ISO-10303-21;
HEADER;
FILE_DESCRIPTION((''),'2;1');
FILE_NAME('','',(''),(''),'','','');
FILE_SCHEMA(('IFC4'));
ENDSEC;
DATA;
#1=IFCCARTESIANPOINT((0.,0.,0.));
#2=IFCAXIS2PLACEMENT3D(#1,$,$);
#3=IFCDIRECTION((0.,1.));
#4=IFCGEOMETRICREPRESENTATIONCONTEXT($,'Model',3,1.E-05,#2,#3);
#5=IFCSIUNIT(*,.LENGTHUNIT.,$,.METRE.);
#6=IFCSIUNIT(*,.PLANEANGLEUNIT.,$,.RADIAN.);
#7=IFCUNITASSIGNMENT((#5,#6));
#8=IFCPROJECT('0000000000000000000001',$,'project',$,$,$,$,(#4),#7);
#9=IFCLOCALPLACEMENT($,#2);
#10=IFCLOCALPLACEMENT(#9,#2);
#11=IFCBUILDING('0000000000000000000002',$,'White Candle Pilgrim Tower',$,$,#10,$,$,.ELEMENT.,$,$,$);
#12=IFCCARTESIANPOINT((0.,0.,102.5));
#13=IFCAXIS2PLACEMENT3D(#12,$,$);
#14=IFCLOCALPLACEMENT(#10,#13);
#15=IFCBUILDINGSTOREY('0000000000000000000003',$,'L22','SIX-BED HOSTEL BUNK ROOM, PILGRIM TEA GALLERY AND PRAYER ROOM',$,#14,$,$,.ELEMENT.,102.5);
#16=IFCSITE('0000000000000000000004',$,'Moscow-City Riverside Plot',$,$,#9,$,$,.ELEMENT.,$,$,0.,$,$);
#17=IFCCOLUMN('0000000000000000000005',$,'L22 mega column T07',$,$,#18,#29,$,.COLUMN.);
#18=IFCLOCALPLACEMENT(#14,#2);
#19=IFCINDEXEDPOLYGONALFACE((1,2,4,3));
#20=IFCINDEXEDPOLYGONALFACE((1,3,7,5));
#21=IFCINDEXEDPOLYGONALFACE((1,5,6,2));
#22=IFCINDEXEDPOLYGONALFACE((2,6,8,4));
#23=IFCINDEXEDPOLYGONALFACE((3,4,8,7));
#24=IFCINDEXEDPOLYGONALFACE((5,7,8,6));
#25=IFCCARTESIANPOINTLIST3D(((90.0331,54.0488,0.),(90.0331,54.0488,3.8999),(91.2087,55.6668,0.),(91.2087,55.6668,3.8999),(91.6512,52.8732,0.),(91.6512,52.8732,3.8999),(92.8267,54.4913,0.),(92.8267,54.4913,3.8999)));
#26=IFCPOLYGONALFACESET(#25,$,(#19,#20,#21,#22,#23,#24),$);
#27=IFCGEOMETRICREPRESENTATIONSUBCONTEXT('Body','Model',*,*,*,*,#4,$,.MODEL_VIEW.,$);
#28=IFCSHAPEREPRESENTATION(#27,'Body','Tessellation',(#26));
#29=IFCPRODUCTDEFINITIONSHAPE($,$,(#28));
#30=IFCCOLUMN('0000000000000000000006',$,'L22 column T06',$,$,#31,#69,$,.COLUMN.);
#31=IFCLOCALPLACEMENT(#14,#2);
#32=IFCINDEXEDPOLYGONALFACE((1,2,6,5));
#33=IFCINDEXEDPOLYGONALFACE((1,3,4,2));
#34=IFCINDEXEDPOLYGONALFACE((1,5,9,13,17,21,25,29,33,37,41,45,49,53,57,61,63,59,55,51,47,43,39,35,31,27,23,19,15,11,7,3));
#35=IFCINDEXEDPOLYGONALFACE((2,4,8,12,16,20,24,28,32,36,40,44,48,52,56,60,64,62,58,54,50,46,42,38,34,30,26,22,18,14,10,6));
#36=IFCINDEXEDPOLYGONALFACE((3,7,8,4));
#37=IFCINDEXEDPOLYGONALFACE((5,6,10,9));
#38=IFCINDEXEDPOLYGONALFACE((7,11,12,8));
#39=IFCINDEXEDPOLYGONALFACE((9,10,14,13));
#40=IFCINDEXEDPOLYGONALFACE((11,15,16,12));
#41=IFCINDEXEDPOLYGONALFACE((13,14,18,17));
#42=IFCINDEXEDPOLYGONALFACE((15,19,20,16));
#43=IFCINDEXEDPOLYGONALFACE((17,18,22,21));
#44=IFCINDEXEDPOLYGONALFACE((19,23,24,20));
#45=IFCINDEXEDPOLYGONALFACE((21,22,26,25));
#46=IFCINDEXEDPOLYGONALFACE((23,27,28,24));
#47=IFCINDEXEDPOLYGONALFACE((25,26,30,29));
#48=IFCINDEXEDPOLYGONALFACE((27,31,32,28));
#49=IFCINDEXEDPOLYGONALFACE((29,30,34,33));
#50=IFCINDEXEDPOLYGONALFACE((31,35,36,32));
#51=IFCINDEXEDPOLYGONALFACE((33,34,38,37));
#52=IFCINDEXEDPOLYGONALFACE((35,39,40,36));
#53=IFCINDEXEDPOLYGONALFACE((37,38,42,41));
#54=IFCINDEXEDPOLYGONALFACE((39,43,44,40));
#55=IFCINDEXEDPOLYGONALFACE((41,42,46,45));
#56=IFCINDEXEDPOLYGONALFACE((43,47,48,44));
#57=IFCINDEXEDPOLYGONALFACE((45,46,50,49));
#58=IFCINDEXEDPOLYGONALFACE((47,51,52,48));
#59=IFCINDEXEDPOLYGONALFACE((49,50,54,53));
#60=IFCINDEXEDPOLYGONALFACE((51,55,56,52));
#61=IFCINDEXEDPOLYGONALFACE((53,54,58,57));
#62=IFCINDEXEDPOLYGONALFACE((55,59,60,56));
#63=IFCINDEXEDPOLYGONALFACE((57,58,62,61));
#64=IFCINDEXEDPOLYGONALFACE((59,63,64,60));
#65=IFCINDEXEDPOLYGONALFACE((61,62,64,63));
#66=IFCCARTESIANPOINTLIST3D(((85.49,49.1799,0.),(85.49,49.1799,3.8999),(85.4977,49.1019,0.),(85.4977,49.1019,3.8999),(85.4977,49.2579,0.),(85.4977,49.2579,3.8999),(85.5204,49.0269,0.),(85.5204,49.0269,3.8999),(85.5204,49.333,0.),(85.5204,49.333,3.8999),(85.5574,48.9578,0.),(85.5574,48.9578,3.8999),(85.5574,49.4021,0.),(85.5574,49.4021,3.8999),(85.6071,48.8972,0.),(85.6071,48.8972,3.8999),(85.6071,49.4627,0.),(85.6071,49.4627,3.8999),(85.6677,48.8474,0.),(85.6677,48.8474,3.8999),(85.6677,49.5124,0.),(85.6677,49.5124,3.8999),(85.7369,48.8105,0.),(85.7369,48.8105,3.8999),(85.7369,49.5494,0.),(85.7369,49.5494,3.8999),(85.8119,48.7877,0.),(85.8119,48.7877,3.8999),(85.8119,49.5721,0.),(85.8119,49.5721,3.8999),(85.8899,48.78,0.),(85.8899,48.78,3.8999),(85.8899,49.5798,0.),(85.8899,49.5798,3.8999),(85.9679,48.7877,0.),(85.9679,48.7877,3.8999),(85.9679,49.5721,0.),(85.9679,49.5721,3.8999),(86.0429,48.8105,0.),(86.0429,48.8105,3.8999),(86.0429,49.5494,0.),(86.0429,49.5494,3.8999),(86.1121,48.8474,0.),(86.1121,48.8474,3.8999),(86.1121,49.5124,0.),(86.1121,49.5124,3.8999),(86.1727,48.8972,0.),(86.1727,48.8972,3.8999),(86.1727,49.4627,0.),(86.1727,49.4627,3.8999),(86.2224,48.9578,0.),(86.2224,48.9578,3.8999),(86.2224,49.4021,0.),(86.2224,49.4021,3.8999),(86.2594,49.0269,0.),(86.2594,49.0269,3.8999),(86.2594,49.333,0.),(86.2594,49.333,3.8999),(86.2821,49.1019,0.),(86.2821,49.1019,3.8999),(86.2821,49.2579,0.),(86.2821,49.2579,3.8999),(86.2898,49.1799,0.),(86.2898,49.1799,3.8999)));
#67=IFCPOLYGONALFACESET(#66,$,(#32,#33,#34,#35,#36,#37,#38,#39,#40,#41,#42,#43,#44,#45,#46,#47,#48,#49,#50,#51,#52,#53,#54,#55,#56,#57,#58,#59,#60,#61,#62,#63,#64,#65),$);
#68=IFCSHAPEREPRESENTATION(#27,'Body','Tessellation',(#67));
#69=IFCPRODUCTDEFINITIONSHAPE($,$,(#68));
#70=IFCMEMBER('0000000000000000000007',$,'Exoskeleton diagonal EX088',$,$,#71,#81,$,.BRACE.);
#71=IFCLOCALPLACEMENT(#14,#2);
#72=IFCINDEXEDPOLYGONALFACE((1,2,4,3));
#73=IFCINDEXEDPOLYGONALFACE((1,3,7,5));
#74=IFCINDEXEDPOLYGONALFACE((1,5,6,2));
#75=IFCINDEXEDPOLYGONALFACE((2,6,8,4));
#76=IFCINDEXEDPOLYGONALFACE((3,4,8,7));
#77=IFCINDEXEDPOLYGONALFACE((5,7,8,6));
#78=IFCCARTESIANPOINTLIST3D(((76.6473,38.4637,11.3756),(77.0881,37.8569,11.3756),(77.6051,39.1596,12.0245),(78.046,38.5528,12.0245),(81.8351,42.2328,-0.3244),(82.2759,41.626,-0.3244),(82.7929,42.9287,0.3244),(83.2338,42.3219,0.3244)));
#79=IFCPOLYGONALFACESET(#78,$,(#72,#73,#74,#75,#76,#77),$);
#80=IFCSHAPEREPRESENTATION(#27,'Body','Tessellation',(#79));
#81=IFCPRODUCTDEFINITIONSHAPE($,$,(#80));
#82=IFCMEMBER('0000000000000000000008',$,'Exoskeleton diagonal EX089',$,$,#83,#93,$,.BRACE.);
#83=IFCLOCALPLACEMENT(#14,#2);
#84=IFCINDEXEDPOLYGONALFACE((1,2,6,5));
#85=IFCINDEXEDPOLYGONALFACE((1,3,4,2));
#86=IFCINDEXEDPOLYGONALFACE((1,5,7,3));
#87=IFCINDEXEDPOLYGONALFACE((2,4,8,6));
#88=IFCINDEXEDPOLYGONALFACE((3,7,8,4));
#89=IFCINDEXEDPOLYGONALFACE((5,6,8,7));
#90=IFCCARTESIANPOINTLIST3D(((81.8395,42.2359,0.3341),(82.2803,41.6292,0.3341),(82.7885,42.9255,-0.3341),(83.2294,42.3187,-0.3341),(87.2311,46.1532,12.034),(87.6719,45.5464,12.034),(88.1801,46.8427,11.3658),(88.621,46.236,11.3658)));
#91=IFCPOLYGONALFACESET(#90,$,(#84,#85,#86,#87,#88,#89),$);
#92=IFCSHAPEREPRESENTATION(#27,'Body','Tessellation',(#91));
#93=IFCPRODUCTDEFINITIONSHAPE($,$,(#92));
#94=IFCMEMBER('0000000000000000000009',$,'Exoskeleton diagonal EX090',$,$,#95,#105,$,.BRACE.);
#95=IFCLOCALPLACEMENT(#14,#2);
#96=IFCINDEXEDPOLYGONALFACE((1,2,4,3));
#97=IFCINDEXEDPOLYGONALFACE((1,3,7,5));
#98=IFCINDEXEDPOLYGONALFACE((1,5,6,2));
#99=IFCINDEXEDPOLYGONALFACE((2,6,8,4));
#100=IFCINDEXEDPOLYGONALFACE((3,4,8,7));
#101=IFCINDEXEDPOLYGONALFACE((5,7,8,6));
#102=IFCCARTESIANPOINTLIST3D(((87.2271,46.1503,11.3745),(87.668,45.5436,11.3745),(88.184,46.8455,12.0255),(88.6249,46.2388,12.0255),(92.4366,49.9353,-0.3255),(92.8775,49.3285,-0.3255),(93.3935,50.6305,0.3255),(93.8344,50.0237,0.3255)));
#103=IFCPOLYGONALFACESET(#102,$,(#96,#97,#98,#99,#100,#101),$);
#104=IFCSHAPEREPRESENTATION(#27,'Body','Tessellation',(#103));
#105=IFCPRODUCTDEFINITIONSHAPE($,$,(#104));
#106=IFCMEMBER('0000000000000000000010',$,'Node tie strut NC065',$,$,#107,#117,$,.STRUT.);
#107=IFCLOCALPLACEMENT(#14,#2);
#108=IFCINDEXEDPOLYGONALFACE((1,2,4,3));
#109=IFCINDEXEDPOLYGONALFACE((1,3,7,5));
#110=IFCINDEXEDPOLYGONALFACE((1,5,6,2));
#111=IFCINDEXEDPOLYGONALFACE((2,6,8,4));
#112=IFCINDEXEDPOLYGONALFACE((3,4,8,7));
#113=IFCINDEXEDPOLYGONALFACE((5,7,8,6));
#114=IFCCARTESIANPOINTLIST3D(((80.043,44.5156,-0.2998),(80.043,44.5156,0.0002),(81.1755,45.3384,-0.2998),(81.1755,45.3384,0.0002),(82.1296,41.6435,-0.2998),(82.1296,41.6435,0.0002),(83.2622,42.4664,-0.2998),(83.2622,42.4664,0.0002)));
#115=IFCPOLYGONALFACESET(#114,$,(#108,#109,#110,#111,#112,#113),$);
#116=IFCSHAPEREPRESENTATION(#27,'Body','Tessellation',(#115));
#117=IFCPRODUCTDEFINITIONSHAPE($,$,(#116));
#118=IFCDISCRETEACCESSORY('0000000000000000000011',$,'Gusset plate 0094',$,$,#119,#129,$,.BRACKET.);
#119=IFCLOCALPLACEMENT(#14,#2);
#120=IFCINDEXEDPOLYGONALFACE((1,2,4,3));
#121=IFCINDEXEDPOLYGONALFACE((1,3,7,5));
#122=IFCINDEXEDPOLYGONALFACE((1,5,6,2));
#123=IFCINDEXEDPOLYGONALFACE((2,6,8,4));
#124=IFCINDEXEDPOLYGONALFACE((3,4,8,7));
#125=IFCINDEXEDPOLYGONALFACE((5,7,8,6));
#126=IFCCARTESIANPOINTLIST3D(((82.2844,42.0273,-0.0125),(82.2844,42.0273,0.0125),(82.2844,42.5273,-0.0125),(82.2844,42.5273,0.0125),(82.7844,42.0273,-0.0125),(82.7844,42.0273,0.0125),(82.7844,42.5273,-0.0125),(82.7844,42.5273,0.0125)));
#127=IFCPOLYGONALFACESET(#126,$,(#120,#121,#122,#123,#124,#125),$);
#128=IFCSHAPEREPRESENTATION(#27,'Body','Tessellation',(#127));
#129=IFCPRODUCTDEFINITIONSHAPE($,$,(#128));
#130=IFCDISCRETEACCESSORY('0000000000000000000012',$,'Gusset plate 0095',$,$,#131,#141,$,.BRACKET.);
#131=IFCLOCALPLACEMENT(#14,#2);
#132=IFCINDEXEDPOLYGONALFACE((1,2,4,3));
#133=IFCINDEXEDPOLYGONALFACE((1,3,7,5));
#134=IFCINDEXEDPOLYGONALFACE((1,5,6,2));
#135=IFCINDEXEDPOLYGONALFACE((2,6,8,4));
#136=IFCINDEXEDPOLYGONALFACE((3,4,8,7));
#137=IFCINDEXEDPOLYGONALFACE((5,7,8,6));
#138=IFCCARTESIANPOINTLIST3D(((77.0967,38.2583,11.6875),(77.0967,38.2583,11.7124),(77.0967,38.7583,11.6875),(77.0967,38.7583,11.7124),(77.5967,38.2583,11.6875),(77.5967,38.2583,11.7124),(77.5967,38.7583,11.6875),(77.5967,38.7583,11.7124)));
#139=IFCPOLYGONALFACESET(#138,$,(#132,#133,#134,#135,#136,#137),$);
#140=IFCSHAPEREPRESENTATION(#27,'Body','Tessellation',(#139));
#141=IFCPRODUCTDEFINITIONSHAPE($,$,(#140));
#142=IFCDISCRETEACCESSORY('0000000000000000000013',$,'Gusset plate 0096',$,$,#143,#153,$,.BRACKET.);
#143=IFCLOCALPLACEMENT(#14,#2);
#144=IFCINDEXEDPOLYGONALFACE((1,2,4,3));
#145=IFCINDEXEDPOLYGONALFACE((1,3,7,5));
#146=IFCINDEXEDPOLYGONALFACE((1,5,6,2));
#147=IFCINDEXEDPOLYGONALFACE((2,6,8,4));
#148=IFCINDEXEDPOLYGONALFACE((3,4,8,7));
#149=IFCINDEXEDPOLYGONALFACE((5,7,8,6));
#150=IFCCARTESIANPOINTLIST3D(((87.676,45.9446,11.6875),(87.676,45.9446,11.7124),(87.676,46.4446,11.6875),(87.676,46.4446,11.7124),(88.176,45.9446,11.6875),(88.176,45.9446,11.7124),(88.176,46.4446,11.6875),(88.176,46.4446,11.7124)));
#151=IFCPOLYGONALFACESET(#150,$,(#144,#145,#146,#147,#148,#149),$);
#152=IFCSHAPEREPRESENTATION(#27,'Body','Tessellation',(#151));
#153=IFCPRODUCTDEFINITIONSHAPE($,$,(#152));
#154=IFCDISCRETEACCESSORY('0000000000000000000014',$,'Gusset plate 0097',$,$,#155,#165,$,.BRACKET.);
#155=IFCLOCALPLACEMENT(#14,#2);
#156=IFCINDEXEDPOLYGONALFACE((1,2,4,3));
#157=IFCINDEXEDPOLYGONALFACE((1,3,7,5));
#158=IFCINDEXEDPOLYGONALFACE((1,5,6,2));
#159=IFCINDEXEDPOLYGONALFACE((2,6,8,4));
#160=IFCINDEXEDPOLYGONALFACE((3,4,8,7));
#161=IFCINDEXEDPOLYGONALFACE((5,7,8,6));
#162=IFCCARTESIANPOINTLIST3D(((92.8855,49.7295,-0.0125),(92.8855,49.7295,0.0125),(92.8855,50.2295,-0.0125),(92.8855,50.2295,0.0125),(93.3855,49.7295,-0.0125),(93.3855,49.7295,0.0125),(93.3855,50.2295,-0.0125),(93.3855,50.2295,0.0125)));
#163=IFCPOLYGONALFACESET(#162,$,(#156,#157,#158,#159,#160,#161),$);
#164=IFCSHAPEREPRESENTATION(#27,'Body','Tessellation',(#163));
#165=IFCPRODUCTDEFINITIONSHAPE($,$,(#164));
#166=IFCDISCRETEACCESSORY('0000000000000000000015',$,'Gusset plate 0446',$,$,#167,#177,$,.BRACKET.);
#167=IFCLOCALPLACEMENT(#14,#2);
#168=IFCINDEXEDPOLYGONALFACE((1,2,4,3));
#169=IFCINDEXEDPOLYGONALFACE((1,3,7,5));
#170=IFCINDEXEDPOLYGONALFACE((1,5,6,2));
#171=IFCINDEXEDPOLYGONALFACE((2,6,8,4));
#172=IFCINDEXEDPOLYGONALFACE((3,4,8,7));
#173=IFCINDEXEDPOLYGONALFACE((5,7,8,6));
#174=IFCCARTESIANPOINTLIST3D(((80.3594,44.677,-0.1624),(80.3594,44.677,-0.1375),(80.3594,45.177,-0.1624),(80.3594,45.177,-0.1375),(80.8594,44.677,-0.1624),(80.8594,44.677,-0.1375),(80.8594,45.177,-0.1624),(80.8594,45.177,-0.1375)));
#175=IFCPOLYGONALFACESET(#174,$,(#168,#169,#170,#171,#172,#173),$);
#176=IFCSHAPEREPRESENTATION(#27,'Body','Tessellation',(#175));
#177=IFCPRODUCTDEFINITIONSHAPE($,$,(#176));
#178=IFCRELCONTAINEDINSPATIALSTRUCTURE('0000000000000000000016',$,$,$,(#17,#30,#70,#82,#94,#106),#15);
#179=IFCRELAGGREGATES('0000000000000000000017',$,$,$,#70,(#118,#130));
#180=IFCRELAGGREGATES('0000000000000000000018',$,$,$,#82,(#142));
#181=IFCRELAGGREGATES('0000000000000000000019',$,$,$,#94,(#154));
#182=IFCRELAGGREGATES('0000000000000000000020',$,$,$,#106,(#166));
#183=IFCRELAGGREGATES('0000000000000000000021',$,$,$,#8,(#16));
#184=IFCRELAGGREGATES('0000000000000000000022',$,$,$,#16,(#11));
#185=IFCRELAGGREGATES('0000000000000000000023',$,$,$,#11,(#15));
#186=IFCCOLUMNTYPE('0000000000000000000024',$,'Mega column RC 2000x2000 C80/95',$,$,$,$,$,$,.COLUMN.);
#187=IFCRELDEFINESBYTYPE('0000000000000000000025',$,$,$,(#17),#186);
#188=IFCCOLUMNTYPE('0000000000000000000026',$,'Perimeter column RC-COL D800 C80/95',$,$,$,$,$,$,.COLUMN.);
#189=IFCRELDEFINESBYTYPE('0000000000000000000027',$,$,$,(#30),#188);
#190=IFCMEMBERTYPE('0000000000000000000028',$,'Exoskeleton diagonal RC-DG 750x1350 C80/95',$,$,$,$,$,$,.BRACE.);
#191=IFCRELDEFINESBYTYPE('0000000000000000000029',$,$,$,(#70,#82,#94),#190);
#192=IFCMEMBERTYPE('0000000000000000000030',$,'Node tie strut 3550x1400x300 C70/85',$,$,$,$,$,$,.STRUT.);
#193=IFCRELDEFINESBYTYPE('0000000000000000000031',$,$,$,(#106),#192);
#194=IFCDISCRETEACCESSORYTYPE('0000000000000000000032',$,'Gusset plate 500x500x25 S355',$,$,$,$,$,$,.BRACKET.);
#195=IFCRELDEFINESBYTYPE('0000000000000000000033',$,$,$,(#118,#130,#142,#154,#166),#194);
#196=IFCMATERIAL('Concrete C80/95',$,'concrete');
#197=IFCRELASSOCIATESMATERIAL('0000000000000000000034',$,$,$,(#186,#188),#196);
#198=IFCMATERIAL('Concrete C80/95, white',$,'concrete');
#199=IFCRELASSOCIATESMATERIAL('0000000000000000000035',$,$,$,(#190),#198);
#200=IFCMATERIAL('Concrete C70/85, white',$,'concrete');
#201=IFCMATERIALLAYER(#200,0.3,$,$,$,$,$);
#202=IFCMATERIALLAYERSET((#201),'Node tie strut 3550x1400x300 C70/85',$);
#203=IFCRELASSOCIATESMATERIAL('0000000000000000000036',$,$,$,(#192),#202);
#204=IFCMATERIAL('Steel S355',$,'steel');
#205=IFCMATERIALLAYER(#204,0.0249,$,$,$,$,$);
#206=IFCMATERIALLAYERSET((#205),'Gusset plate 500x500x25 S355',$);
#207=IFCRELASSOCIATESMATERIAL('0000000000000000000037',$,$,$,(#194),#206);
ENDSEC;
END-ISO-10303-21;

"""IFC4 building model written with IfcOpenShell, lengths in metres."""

from ifc_helpers import new_model, si_unit, direction, frame, origin, origin_2d, place, context, subcontext, project, spatial, rectangle, circle, extrude, material, layer, layer_set, material_profile, profile_set, type_object, element, aggregate, save


model = new_model("IFC4")

# Units and contexts
model_context = context("Model", 3, precision=1e-05, world=origin(), true_north=direction((0.0, 1.0)))
body_context = subcontext(model_context, "Body", "Model", "MODEL_VIEW")
ifc_project = project(units=[si_unit("LENGTHUNIT", "METRE"), si_unit("PLANEANGLEUNIT", "RADIAN")], contexts=[model_context])

# Site, building, storey
site_placement = place(None, origin())
site = spatial("IfcSite", under=ifc_project, at=site_placement, Name="Moscow-City Riverside Plot", CompositionType="ELEMENT", RefElevation=0.0)
building_placement = place(site_placement, origin())
building = spatial("IfcBuilding", under=site, at=building_placement, Name="White Candle Pilgrim Tower", CompositionType="ELEMENT")
storey_placement = place(building_placement, frame((0.0, 0.0, 102.5)))
storey = spatial("IfcBuildingStorey", under=building, at=storey_placement, Name="L22", Description="SIX-BED HOSTEL BUNK ROOM, PILGRIM TEA GALLERY AND PRAYER ROOM", CompositionType="ELEMENT", Elevation=102.5)

# Columns
ifc_material_1 = material(Name="Concrete C80/95", Category="concrete")
ifc_material_profile_1 = material_profile(ifc_material_1, rectangle(XDim=2.0, YDim=2.0, at=origin_2d()), Name="RC 2000x2000")
ifc_profile_set_1 = profile_set([ifc_material_profile_1], Name="Concrete C80/95")
column_type_1 = type_object("IfcColumnType", Name="Mega column RC 2000x2000 C80/95", PredefinedType="COLUMN", material=ifc_profile_set_1)
column_1_placement = place(storey_placement, frame((91.4299, 54.27, 0.0), z_axis=(0.0, 0.0, 1.0), x_axis=(0.809017, -0.587785, 0.0)))
element("IfcColumn", 1, at=column_1_placement, inside=storey, type_object=column_type_1, Name="L22 mega column T07", PredefinedType="COLUMN", context=body_context, shape_type="SweptSolid", body=[
    extrude(rectangle(XDim=2.0, YDim=2.0, at=origin_2d()), origin(), (0.0, 0.0, 1.0), 3.8999),
])
ifc_material_profile_2 = material_profile(ifc_material_1, circle(Radius=0.3999, at=origin_2d()), Name="RC-COL D800")
ifc_profile_set_2 = profile_set([ifc_material_profile_2], Name="Concrete C80/95")
column_type_2 = type_object("IfcColumnType", Name="Perimeter column RC-COL D800 C80/95", PredefinedType="COLUMN", material=ifc_profile_set_2)
column_2_placement = place(storey_placement, frame((85.8899, 49.1799, 0.0), z_axis=(0.0, 0.0, 1.0), x_axis=(1.0, 0.0, 0.0)))
element("IfcColumn", 2, at=column_2_placement, inside=storey, type_object=column_type_2, Name="L22 column T06", PredefinedType="COLUMN", context=body_context, shape_type="SweptSolid", body=[
    extrude(circle(Radius=0.3999, at=origin_2d()), origin(), (0.0, 0.0, 1.0), 3.8999),
])

# Members
ifc_material_2 = material(Name="Concrete C80/95, white", Category="concrete")
ifc_material_profile_3 = material_profile(ifc_material_2, rectangle(XDim=0.75, YDim=1.3501, at=origin_2d()), Name="RC-DG 750x1350")
ifc_profile_set_3 = profile_set([ifc_material_profile_3], Name="Concrete C80/95, white")
member_type_1 = type_object("IfcMemberType", Name="Exoskeleton diagonal RC-DG 750x1350 C80/95", PredefinedType="BRACE", material=ifc_profile_set_3)
member_1_placement = place(storey_placement, frame((82.5344, 42.2773, 0.0), z_axis=(-0.38883, -0.282496, 0.876931), x_axis=(0.587778, -0.809022, 0.0)))
member_1 = element("IfcMember", 3, at=member_1_placement, inside=storey, type_object=member_type_1, Name="Exoskeleton diagonal EX088", PredefinedType="BRACE", context=body_context, shape_type="SweptSolid", body=[
    extrude(rectangle(XDim=0.75, YDim=1.3501, at=origin_2d()), origin(), (0.0, 0.0, 1.0), 13.342),
])
member_2_placement = place(storey_placement, frame((82.5344, 42.2773, 0.0), z_axis=(0.40042, 0.290923, 0.868924), x_axis=(-0.587786, 0.809016, 0.0)))
member_2 = element("IfcMember", 4, at=member_2_placement, inside=storey, type_object=member_type_1, Name="Exoskeleton diagonal EX089", PredefinedType="BRACE", context=body_context, shape_type="SweptSolid", body=[
    extrude(rectangle(XDim=0.75, YDim=1.3501, at=origin_2d()), origin(), (0.0, 0.0, 1.0), 13.4648),
])
member_3_placement = place(storey_placement, frame((93.1355, 49.9795, 0.0), z_axis=(-0.39008, -0.28341, 0.87608), x_axis=(0.587786, -0.809016, 0.0)))
member_3 = element("IfcMember", 5, at=member_3_placement, inside=storey, type_object=member_type_1, Name="Exoskeleton diagonal EX090", PredefinedType="BRACE", context=body_context, shape_type="SweptSolid", body=[
    extrude(rectangle(XDim=0.75, YDim=1.3501, at=origin_2d()), origin(), (0.0, 0.0, 1.0), 13.355),
])
ifc_material_3 = material(Name="Concrete C70/85, white", Category="concrete")
ifc_layer_1 = layer(ifc_material_3, 0.3)
ifc_layer_set_1 = layer_set([ifc_layer_1], Name="Node tie strut 3550x1400x300 C70/85")
member_type_2 = type_object("IfcMemberType", Name="Node tie strut 3550x1400x300 C70/85", PredefinedType="STRUT", material=ifc_layer_set_1)
member_4_placement = place(storey_placement, frame((81.6526, 43.491, -0.2998), z_axis=(0.0, 0.0, 1.0), x_axis=(0.809017, 0.587785, 0.0)))
member_4 = element("IfcMember", 6, at=member_4_placement, inside=storey, type_object=member_type_2, Name="Node tie strut NC065", PredefinedType="STRUT", context=body_context, shape_type="SweptSolid", body=[
    extrude(rectangle(XDim=1.3999, YDim=3.55, at=origin_2d()), origin(), (0.0, 0.0, 1.0), 0.3),
])

# Discrete accessories
ifc_material_4 = material(Name="Steel S355", Category="steel")
ifc_layer_2 = layer(ifc_material_4, 0.0249)
ifc_layer_set_2 = layer_set([ifc_layer_2], Name="Gusset plate 500x500x25 S355")
discrete_accessory_type = type_object("IfcDiscreteAccessoryType", Name="Gusset plate 500x500x25 S355", PredefinedType="BRACKET", material=ifc_layer_set_2)
discrete_accessory_1_placement = place(storey_placement, frame((82.5344, 42.2773, -0.0125), z_axis=(0.0, 0.0, 1.0), x_axis=(1.0, 0.0, 0.0)))
discrete_accessory_1 = element("IfcDiscreteAccessory", 7, at=discrete_accessory_1_placement, type_object=discrete_accessory_type, Name="Gusset plate 0094", PredefinedType="BRACKET", context=body_context, shape_type="SweptSolid", body=[
    extrude(rectangle(XDim=0.5, YDim=0.5, at=origin_2d()), origin(), (0.0, 0.0, 1.0), 0.0249),
])
placement = place(building_placement, frame((0.0, 0.0, 114.2)))
discrete_accessory_2_placement = place(placement, frame((77.3467, 38.5083, -0.0125), z_axis=(0.0, 0.0, 1.0), x_axis=(1.0, 0.0, 0.0)))
discrete_accessory_2 = element("IfcDiscreteAccessory", 8, at=discrete_accessory_2_placement, type_object=discrete_accessory_type, Name="Gusset plate 0095", PredefinedType="BRACKET", context=body_context, shape_type="SweptSolid", body=[
    extrude(rectangle(XDim=0.5, YDim=0.5, at=origin_2d()), origin(), (0.0, 0.0, 1.0), 0.0249),
])
aggregate(member_1, [discrete_accessory_1, discrete_accessory_2])
discrete_accessory_3_placement = place(placement, frame((87.926, 46.1946, -0.0125), z_axis=(0.0, 0.0, 1.0), x_axis=(1.0, 0.0, 0.0)))
discrete_accessory_3 = element("IfcDiscreteAccessory", 9, at=discrete_accessory_3_placement, type_object=discrete_accessory_type, Name="Gusset plate 0096", PredefinedType="BRACKET", context=body_context, shape_type="SweptSolid", body=[
    extrude(rectangle(XDim=0.5, YDim=0.5, at=origin_2d()), origin(), (0.0, 0.0, 1.0), 0.0249),
])
aggregate(member_2, [discrete_accessory_3])
discrete_accessory_4_placement = place(storey_placement, frame((93.1355, 49.9795, -0.0125), z_axis=(0.0, 0.0, 1.0), x_axis=(1.0, 0.0, 0.0)))
discrete_accessory_4 = element("IfcDiscreteAccessory", 10, at=discrete_accessory_4_placement, type_object=discrete_accessory_type, Name="Gusset plate 0097", PredefinedType="BRACKET", context=body_context, shape_type="SweptSolid", body=[
    extrude(rectangle(XDim=0.5, YDim=0.5, at=origin_2d()), origin(), (0.0, 0.0, 1.0), 0.0249),
])
aggregate(member_3, [discrete_accessory_4])
discrete_accessory_5_placement = place(storey_placement, frame((80.6094, 44.927, -0.1624), z_axis=(0.0, 0.0, 1.0), x_axis=(1.0, 0.0, 0.0)))
discrete_accessory_5 = element("IfcDiscreteAccessory", 11, at=discrete_accessory_5_placement, type_object=discrete_accessory_type, Name="Gusset plate 0446", PredefinedType="BRACKET", context=body_context, shape_type="SweptSolid", body=[
    extrude(rectangle(XDim=0.5, YDim=0.5, at=origin_2d()), origin(), (0.0, 0.0, 1.0), 0.0249),
])
aggregate(member_4, [discrete_accessory_5])

save(model, "model.ifc")
